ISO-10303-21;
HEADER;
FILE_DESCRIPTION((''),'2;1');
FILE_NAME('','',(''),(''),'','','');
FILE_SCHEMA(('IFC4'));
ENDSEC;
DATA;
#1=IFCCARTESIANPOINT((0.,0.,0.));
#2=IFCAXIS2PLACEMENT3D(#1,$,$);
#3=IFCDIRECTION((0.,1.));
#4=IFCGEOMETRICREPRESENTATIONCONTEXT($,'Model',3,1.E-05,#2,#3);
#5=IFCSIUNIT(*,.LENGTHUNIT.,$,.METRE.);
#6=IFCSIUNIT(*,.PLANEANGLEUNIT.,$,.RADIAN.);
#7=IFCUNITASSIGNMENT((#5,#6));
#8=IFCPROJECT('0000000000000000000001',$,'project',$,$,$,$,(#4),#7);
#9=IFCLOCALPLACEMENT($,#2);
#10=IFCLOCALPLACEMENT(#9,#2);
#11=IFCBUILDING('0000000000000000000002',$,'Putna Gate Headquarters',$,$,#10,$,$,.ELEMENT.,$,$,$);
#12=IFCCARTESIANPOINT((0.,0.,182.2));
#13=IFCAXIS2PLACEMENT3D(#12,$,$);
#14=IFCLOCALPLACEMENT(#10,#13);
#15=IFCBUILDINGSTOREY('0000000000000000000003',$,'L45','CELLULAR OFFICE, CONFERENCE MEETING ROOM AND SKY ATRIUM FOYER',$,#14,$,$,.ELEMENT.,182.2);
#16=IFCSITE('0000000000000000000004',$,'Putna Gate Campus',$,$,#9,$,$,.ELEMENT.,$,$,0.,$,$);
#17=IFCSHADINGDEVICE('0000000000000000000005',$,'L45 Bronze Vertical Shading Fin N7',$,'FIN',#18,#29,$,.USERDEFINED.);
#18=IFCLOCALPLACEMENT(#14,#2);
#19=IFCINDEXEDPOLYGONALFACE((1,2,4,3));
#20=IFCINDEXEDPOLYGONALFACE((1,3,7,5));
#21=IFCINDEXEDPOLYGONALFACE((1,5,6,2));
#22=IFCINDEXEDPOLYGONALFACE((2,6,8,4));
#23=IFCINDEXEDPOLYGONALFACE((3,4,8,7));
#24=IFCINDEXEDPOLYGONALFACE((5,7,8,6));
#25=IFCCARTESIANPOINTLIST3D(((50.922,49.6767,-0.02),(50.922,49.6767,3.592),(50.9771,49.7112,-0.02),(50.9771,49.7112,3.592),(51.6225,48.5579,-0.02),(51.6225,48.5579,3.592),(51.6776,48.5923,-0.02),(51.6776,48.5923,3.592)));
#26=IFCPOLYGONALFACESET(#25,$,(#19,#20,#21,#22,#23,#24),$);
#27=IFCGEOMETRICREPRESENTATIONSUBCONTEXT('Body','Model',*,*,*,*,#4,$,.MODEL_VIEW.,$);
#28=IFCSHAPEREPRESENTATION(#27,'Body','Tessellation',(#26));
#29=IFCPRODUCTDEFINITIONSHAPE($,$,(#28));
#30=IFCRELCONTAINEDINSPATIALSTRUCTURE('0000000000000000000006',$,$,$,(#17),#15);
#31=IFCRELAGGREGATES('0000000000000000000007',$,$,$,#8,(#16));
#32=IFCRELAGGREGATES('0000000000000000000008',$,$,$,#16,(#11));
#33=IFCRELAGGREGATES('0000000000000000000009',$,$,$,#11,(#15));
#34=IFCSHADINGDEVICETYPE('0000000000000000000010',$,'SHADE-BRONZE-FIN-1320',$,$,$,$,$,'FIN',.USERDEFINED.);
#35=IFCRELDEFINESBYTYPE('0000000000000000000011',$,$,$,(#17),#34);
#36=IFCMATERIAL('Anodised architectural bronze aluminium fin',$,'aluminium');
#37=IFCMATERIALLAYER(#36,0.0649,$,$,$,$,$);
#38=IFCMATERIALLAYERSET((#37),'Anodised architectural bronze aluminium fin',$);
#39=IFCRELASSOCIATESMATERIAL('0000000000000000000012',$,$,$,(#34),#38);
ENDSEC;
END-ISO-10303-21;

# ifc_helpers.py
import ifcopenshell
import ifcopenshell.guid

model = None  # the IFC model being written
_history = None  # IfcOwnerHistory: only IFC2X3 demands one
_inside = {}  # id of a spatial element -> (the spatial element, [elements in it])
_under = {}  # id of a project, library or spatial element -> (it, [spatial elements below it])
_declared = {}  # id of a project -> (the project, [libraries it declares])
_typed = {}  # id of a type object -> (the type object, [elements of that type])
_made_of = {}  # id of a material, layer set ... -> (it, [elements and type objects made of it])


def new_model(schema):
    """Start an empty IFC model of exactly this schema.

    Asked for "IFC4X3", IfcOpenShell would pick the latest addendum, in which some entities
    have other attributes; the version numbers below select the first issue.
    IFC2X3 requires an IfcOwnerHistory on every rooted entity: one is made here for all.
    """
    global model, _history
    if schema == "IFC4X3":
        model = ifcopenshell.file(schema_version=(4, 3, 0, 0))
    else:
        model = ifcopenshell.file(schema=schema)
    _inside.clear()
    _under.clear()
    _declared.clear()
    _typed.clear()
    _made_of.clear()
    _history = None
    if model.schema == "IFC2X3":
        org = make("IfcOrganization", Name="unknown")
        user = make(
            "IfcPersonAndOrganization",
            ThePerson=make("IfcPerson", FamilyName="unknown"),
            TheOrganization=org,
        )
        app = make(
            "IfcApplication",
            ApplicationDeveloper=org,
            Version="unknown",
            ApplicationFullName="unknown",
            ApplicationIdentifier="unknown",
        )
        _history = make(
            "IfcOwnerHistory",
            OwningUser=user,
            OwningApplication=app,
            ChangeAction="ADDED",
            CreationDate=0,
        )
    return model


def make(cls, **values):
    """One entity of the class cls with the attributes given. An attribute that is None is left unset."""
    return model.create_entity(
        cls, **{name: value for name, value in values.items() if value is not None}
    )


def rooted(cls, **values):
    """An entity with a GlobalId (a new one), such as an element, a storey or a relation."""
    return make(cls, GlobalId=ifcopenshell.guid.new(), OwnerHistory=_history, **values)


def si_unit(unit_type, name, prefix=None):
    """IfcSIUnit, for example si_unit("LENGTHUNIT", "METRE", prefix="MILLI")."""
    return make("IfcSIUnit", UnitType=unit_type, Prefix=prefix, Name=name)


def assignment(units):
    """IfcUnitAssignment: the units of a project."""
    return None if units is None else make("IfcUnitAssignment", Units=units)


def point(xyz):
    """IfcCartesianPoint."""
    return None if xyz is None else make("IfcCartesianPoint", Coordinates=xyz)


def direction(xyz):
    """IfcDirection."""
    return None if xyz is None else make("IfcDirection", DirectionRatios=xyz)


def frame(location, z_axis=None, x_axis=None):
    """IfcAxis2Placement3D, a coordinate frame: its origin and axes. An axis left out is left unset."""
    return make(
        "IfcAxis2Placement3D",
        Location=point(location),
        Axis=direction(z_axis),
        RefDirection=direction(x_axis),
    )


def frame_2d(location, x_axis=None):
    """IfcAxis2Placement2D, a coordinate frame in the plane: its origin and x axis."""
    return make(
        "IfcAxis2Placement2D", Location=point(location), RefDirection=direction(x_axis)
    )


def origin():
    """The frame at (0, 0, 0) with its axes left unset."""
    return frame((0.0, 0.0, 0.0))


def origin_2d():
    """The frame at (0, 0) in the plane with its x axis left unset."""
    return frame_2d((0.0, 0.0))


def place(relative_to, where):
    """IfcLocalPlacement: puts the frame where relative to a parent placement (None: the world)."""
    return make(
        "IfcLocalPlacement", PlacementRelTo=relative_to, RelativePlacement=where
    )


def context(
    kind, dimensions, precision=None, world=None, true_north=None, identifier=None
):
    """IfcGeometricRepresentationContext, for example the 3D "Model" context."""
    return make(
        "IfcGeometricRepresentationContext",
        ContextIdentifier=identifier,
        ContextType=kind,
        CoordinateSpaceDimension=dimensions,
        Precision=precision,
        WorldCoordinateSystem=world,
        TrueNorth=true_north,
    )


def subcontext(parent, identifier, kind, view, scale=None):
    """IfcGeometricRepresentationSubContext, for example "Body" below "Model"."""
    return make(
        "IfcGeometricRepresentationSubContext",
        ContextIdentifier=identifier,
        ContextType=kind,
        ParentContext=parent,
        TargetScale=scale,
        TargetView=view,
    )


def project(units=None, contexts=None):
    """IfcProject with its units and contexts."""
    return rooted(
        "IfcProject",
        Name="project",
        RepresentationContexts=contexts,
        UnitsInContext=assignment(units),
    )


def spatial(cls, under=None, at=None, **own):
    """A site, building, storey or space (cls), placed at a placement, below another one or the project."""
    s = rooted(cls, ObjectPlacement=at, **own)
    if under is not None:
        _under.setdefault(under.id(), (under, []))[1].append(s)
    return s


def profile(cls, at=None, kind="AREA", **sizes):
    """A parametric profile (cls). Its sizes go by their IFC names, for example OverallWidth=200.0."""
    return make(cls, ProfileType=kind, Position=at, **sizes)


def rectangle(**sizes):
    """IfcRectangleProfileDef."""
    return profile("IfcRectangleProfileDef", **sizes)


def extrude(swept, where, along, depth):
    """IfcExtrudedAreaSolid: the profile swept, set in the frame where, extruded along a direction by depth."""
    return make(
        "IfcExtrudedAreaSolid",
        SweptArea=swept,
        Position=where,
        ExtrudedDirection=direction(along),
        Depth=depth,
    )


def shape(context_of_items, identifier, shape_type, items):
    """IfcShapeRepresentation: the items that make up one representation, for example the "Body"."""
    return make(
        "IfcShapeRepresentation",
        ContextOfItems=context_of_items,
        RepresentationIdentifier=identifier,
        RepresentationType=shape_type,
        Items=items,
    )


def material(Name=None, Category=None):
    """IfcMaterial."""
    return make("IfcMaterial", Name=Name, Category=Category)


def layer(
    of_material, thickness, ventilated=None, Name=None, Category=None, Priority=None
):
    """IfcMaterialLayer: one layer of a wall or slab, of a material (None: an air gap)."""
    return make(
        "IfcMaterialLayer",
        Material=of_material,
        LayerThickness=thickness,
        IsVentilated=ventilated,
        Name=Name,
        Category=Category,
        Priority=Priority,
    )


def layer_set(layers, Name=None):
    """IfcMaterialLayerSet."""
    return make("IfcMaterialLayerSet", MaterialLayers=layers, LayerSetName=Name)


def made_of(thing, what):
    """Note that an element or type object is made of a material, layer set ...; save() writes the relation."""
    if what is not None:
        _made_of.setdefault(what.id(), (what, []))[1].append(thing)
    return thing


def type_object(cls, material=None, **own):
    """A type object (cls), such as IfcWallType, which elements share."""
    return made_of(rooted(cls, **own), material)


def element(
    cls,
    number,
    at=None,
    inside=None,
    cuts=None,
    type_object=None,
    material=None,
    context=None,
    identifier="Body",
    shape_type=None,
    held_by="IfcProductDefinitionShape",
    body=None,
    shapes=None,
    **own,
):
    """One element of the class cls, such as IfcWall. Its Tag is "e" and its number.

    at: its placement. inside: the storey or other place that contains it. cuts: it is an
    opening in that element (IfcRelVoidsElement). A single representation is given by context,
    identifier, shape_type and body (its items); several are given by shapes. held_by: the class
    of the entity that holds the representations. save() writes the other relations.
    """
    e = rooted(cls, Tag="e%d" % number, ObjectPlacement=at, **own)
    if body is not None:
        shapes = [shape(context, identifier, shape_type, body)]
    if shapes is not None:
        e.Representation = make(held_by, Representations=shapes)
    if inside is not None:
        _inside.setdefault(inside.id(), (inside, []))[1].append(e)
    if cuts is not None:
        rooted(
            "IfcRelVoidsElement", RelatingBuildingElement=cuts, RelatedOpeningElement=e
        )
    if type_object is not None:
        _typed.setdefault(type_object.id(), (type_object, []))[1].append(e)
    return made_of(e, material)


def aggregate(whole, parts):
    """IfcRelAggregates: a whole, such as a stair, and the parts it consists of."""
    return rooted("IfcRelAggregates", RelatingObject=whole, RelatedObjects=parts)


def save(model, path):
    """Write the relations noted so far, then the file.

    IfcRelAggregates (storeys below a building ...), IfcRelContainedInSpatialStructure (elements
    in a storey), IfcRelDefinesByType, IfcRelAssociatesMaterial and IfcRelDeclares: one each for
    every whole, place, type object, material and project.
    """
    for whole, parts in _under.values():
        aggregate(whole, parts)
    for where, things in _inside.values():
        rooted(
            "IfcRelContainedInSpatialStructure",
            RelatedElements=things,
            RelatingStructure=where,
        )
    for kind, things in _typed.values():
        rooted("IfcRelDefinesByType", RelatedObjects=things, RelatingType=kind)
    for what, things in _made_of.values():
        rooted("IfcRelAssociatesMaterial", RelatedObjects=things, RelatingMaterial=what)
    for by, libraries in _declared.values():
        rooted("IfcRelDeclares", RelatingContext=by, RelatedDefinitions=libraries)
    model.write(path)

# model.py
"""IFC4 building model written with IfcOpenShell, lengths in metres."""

from ifc_helpers import new_model, si_unit, direction, frame, origin, origin_2d, place, context, subcontext, project, spatial, rectangle, extrude, material, layer, layer_set, type_object, element, save


model = new_model("IFC4")

# Units and contexts
model_context = context("Model", 3, precision=1e-05, world=origin(), true_north=direction((0.0, 1.0)))
body_context = subcontext(model_context, "Body", "Model", "MODEL_VIEW")
ifc_project = project(units=[si_unit("LENGTHUNIT", "METRE"), si_unit("PLANEANGLEUNIT", "RADIAN")], contexts=[model_context])

# Site, building, storey
site_placement = place(None, origin())
site = spatial("IfcSite", under=ifc_project, at=site_placement, Name="Putna Gate Campus", CompositionType="ELEMENT", RefElevation=0.0)
building_placement = place(site_placement, origin())
building = spatial("IfcBuilding", under=site, at=building_placement, Name="Putna Gate Headquarters", CompositionType="ELEMENT")
storey_placement = place(building_placement, frame((0.0, 0.0, 182.2)))
storey = spatial("IfcBuildingStorey", under=building, at=storey_placement, Name="L45", Description="CELLULAR OFFICE, CONFERENCE MEETING ROOM AND SKY ATRIUM FOYER", CompositionType="ELEMENT", Elevation=182.2)

# Shading device
ifc_material_1 = material(Name="Anodised architectural bronze aluminium fin", Category="aluminium")
ifc_layer_1 = layer(ifc_material_1, 0.0649)
ifc_layer_set_1 = layer_set([ifc_layer_1], Name="Anodised architectural bronze aluminium fin")
shading_device_type = type_object("IfcShadingDeviceType", Name="SHADE-BRONZE-FIN-1320", ElementType="FIN", PredefinedType="USERDEFINED", material=ifc_layer_set_1)
shading_device_placement = place(storey_placement, frame((51.2998, 49.1345, -0.02), z_axis=(0.0, 0.0, 1.0), x_axis=(-0.530659, 0.847585, 0.0)))
element("IfcShadingDevice", 1, at=shading_device_placement, inside=storey, type_object=shading_device_type, Name="L45 Bronze Vertical Shading Fin N7", ObjectType="FIN", PredefinedType="USERDEFINED", context=body_context, shape_type="SweptSolid", body=[
    extrude(rectangle(XDim=1.3201, YDim=0.0649, at=origin_2d()), origin(), (0.0, 0.0, 1.0), 3.6121),
])

save(model, "model.ifc")
